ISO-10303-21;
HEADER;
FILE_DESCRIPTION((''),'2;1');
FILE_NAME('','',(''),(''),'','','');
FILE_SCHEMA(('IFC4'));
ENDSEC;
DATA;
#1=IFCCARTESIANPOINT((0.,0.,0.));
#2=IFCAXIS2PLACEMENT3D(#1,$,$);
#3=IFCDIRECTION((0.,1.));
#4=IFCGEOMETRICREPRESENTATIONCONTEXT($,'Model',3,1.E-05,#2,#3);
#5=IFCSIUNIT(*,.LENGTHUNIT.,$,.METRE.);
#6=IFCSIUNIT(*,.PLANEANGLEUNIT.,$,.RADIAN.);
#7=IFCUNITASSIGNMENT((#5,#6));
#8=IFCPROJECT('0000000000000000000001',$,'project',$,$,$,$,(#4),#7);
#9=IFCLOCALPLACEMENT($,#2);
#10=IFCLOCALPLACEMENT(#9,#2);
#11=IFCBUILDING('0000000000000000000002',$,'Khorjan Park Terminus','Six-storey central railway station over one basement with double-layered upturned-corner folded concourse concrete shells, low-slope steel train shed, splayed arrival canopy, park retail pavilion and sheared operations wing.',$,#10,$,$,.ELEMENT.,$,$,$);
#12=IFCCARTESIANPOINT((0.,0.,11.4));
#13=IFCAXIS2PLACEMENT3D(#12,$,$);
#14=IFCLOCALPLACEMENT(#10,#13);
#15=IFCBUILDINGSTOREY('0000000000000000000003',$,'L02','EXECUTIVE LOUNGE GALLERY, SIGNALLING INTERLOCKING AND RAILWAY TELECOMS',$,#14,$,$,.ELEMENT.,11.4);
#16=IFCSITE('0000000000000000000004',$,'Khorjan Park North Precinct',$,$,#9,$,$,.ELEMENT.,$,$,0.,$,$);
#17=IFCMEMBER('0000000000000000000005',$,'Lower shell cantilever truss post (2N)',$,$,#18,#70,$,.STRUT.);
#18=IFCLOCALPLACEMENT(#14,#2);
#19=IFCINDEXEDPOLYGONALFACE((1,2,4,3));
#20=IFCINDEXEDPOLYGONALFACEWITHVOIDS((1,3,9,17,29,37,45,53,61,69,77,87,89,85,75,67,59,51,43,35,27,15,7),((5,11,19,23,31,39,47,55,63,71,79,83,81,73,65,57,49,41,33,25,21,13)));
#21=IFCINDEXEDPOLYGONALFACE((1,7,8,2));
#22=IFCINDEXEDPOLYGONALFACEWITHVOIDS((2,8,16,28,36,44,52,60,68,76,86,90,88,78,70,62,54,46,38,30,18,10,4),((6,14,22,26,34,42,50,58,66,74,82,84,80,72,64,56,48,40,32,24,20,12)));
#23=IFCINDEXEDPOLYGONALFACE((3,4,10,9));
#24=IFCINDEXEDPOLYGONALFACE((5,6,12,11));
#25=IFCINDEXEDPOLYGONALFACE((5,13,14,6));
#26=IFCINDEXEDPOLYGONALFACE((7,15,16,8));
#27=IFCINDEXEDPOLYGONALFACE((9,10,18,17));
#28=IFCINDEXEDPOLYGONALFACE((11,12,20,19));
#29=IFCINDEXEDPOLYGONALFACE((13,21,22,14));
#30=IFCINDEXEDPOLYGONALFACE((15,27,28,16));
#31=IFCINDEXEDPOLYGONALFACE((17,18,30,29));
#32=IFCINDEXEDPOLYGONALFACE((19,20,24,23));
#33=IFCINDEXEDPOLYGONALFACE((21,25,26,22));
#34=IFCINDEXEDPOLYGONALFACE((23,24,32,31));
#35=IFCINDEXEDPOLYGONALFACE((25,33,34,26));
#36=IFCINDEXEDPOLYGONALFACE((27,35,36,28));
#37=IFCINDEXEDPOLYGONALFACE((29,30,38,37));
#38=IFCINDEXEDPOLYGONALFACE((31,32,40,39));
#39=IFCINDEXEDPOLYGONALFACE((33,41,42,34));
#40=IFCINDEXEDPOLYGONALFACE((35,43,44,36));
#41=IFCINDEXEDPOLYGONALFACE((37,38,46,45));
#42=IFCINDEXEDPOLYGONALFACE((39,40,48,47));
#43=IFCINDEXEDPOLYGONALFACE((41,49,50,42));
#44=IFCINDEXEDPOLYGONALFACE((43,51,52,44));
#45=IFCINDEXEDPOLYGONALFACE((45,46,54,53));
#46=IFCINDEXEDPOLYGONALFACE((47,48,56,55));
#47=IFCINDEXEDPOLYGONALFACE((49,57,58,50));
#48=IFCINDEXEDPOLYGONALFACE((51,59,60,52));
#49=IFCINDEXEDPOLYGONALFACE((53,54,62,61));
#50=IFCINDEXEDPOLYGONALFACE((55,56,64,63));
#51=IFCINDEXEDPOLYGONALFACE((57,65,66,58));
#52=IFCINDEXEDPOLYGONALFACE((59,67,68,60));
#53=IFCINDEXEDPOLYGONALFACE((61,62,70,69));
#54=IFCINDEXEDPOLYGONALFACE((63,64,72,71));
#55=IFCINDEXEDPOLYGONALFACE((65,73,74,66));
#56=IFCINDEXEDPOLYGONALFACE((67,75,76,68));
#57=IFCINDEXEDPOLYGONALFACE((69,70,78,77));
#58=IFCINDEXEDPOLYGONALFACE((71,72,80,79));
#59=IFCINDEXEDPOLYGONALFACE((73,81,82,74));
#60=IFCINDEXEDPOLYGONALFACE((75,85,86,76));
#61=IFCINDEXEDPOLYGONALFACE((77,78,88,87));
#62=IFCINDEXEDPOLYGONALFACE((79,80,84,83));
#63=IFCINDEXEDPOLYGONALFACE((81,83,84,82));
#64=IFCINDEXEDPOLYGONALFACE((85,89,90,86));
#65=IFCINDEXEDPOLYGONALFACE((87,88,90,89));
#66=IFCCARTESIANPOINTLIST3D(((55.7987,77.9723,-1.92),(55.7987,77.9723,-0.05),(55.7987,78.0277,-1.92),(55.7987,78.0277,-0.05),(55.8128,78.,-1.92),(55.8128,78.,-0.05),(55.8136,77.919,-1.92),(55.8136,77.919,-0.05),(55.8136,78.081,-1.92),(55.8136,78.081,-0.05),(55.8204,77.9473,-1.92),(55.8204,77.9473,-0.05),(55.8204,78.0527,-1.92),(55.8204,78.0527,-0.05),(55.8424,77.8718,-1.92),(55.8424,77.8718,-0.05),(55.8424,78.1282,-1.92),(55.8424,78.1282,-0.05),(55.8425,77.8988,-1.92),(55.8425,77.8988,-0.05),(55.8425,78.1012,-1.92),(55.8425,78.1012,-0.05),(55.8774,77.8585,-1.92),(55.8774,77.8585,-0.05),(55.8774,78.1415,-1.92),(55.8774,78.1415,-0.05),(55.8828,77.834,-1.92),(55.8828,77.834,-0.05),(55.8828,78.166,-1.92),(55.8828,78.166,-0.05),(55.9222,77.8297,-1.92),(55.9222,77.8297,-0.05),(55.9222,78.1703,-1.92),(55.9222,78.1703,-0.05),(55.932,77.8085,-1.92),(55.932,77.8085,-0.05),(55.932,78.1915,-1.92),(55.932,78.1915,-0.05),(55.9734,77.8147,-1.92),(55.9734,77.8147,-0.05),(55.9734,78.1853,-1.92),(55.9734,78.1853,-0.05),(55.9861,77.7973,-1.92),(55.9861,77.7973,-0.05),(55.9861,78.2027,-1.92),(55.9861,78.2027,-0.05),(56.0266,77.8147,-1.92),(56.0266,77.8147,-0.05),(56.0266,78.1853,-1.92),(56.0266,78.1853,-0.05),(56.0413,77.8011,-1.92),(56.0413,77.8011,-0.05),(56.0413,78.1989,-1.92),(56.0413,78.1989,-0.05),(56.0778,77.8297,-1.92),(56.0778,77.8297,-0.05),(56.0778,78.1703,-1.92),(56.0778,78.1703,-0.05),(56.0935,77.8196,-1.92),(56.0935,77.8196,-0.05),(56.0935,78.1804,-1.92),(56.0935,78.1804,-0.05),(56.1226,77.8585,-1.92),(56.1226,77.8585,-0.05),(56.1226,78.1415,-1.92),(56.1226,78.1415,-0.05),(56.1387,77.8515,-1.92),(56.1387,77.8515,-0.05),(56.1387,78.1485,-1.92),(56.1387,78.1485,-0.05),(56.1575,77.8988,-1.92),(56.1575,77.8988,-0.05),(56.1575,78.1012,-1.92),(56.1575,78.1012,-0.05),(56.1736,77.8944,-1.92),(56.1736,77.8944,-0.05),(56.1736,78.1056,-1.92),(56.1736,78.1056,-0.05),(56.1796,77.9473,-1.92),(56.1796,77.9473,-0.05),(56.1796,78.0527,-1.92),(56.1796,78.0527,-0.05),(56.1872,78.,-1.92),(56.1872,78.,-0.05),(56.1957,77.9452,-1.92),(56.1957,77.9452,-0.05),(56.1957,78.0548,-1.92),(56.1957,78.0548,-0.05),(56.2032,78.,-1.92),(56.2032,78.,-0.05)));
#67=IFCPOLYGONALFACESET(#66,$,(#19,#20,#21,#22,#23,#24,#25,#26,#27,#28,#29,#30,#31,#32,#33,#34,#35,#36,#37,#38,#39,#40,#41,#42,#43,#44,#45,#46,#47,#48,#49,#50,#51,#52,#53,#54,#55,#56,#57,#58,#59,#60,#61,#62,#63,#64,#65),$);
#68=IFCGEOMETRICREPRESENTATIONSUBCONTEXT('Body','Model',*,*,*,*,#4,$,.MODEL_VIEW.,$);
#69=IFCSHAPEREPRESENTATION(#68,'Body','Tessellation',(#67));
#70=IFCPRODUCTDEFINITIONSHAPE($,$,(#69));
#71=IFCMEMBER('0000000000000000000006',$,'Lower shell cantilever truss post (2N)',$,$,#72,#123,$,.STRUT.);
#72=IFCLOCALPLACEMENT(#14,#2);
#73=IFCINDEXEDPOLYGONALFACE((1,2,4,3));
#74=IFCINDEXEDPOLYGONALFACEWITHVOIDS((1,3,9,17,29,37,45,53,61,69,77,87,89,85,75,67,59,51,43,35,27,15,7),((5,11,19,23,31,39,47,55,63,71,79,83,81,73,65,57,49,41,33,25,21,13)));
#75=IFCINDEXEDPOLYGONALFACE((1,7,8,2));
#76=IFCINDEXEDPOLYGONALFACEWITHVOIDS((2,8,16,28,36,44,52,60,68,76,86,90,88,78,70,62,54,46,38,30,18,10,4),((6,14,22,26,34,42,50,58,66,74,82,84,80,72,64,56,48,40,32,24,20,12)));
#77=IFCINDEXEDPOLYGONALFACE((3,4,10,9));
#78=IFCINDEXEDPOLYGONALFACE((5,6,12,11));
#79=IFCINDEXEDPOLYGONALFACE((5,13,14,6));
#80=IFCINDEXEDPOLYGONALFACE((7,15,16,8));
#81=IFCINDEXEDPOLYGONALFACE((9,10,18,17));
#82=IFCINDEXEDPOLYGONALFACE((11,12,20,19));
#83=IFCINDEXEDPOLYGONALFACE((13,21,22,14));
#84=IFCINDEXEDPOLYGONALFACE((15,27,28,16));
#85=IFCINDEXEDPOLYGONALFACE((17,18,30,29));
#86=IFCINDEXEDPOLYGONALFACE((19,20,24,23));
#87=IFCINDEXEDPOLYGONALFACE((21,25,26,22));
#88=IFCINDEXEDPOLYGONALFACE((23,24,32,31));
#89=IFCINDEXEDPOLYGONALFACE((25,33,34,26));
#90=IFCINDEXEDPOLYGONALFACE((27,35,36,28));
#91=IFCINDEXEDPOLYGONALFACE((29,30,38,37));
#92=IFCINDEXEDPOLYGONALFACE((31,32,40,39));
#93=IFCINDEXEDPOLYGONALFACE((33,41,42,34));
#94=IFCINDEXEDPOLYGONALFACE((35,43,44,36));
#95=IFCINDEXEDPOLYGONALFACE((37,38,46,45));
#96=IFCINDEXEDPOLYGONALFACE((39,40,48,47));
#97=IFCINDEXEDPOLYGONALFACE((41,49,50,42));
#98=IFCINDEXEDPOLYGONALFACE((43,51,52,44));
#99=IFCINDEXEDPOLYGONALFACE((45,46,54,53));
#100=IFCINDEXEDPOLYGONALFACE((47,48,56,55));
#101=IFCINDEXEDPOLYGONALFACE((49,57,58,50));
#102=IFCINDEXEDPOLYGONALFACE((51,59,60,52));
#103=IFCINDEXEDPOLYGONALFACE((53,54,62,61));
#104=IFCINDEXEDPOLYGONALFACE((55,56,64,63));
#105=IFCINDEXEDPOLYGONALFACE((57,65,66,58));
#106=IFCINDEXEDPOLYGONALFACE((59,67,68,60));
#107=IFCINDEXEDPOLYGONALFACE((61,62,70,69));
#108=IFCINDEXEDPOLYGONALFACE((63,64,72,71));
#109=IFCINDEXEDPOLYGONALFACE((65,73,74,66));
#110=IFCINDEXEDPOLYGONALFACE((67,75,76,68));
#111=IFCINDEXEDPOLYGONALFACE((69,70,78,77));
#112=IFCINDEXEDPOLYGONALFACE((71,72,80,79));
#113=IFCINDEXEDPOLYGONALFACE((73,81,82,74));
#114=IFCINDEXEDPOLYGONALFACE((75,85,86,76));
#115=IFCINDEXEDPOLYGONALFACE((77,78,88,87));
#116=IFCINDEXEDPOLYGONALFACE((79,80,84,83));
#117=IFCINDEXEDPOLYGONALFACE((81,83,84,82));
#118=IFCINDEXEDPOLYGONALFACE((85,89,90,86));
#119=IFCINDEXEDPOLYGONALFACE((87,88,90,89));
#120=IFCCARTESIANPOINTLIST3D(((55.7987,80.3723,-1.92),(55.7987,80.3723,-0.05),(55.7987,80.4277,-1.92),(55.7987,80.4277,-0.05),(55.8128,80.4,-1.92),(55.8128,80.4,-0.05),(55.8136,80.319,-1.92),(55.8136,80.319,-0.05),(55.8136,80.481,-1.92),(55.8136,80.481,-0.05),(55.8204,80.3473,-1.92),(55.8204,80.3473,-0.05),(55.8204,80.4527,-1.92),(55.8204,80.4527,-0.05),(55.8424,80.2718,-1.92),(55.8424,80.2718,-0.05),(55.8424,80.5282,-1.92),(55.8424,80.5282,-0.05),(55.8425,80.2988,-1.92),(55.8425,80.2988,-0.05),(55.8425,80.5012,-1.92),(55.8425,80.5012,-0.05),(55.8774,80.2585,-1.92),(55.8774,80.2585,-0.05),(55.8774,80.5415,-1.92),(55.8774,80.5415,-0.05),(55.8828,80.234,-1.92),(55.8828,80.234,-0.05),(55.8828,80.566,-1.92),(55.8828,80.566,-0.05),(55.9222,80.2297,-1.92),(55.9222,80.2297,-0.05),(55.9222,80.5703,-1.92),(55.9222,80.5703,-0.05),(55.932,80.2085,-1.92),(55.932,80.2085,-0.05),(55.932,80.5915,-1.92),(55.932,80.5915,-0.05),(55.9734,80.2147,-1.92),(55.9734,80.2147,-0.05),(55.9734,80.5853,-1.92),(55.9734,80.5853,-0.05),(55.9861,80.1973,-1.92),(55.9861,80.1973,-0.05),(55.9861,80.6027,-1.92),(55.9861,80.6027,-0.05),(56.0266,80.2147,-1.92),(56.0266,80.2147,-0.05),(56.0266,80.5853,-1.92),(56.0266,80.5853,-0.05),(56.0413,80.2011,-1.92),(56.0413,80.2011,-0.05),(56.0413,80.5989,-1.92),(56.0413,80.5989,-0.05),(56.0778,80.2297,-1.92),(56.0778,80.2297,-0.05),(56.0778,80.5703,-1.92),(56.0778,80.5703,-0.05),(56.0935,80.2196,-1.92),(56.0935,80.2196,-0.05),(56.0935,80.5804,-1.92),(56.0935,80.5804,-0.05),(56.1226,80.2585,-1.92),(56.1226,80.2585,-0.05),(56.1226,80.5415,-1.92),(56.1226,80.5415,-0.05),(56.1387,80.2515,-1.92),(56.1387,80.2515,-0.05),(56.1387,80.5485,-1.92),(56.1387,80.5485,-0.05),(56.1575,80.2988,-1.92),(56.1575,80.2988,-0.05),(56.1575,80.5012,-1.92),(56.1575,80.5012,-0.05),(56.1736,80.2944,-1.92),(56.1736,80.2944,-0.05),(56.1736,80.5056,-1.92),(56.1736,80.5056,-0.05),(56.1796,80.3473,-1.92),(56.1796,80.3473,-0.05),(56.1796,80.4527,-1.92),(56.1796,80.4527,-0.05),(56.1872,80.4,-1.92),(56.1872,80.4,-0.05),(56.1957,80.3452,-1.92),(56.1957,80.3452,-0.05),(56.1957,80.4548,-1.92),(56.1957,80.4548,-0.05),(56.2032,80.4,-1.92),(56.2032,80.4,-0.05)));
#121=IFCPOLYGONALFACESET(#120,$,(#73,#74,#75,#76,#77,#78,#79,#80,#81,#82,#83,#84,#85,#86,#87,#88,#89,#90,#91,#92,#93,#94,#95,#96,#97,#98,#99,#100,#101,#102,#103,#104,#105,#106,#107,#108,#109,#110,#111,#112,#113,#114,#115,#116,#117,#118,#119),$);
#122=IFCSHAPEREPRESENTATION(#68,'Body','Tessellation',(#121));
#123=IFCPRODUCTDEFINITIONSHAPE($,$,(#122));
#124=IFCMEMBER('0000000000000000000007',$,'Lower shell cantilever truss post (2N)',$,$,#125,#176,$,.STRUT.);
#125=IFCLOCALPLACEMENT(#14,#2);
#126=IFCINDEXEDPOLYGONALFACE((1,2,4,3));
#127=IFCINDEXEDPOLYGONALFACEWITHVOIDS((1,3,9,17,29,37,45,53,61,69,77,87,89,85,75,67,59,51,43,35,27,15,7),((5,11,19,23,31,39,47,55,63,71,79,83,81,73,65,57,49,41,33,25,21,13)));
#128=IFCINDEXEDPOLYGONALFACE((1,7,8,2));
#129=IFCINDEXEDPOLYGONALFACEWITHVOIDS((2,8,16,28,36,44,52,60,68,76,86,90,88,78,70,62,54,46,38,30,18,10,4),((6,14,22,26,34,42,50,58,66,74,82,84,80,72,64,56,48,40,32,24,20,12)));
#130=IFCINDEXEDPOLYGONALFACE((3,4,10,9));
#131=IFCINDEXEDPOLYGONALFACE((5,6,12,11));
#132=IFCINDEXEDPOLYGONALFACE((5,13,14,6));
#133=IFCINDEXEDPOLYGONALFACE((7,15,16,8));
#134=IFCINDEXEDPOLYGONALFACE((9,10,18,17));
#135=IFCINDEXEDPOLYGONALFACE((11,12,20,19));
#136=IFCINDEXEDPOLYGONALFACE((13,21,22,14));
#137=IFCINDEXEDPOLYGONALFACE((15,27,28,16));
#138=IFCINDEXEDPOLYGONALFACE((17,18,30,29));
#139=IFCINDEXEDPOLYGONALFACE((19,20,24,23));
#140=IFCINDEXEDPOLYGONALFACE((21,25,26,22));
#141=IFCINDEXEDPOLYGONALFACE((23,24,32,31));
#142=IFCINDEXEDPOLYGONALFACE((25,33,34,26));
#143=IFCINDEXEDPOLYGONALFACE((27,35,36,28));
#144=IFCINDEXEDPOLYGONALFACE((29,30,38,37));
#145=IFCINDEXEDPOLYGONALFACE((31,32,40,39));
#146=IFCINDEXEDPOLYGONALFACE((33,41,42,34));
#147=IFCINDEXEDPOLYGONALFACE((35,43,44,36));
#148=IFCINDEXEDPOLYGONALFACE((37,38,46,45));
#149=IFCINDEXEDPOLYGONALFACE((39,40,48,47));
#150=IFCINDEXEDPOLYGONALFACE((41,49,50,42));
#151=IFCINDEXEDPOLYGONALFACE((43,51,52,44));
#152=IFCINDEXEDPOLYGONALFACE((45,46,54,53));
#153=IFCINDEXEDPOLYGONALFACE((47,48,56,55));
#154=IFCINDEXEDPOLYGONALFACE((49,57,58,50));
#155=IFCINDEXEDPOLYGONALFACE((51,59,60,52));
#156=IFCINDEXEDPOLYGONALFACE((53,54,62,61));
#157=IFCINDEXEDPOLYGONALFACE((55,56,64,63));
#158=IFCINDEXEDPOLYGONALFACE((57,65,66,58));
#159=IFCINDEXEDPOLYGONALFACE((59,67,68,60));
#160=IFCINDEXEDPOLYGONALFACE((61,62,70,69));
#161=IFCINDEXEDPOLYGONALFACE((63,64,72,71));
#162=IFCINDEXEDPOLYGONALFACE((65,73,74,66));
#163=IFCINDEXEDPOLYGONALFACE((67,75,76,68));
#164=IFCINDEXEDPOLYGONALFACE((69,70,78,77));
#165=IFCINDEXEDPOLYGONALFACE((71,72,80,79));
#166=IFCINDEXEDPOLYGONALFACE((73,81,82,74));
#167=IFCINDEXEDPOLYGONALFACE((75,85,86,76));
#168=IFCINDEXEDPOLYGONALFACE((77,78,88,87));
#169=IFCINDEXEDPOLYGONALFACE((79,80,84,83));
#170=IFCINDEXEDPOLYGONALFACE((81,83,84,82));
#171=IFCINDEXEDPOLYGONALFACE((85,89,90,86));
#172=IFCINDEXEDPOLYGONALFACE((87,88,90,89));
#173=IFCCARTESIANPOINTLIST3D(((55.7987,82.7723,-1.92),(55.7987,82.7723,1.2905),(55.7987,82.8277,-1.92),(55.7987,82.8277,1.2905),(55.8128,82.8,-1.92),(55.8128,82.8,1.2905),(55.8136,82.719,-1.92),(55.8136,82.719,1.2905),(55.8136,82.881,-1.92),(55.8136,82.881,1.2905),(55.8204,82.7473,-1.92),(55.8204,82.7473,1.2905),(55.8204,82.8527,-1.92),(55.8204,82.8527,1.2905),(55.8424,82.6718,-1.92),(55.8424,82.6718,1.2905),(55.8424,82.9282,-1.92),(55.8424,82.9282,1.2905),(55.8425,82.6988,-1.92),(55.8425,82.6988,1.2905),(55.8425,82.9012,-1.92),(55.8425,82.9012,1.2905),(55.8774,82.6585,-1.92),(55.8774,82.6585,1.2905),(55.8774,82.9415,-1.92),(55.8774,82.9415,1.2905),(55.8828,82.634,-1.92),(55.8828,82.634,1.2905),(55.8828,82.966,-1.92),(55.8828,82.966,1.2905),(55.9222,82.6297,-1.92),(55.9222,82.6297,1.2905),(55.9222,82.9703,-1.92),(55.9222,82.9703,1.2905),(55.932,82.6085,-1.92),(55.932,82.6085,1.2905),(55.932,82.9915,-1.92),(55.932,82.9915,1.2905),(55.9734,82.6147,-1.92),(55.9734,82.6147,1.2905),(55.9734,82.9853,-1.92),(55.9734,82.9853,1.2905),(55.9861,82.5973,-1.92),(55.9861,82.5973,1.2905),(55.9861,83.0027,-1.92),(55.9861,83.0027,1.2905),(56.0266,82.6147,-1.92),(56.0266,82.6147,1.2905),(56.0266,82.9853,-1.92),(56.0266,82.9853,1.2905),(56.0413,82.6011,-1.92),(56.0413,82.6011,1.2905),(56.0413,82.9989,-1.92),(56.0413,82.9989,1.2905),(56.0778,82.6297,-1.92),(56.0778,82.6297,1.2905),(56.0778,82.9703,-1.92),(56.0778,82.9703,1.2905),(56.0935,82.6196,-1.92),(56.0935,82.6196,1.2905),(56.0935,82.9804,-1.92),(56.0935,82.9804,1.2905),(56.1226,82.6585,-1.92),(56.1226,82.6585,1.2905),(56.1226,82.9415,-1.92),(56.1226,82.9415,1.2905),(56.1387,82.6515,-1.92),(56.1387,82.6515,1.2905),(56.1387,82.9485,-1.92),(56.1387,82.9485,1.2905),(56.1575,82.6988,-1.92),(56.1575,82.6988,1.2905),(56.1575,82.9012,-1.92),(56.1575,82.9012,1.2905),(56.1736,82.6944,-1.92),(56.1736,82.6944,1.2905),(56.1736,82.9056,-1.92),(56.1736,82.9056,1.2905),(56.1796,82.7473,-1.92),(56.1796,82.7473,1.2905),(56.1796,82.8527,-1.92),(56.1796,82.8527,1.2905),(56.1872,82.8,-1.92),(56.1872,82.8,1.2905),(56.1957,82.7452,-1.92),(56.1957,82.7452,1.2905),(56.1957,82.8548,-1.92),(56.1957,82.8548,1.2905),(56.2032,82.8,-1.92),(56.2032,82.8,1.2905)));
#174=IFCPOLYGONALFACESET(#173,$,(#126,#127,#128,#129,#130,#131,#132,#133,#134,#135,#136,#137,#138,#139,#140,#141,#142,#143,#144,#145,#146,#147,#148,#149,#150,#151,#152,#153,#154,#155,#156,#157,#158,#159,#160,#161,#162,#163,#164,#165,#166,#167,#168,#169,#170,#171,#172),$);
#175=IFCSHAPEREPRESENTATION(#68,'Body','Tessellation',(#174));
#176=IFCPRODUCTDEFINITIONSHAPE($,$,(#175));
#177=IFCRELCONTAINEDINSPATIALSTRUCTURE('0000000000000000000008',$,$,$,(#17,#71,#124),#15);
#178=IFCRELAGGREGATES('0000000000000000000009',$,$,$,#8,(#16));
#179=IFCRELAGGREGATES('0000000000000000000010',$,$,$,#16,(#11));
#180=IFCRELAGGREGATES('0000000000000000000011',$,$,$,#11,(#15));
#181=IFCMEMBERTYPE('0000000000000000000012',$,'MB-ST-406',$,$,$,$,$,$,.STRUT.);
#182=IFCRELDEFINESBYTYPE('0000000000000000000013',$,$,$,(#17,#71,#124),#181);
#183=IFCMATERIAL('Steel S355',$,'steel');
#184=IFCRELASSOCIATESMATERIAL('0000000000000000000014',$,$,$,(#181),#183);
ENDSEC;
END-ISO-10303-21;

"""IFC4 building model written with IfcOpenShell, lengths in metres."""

from ifc_helpers import new_model, si_unit, direction, frame, origin, origin_2d, place, context, subcontext, project, spatial, hollow_circle, extrude, material, material_profile, profile_set, type_object, element, save


model = new_model("IFC4")

# Units and contexts
model_context = context("Model", 3, precision=1e-05, world=origin(), true_north=direction((0.0, 1.0)))
body_context = subcontext(model_context, "Body", "Model", "MODEL_VIEW")
ifc_project = project(units=[si_unit("LENGTHUNIT", "METRE"), si_unit("PLANEANGLEUNIT", "RADIAN")], contexts=[model_context])

# Site, building, storey
site_placement = place(None, origin())
site = spatial("IfcSite", under=ifc_project, at=site_placement, Name="Khorjan Park North Precinct", CompositionType="ELEMENT", RefElevation=0.0)
building_placement = place(site_placement, origin())
building = spatial("IfcBuilding", under=site, at=building_placement, Name="Khorjan Park Terminus", Description="Six-storey central railway station over one basement with double-layered upturned-corner folded concourse concrete shells, low-slope steel train shed, splayed arrival canopy, park retail pavilion and sheared operations wing.", CompositionType="ELEMENT")
storey_placement = place(building_placement, frame((0.0, 0.0, 11.4)))
storey = spatial("IfcBuildingStorey", under=building, at=storey_placement, Name="L02", Description="EXECUTIVE LOUNGE GALLERY, SIGNALLING INTERLOCKING AND RAILWAY TELECOMS", CompositionType="ELEMENT", Elevation=11.4)

# Members
ifc_material_1 = material(Name="Steel S355", Category="steel")
ifc_material_profile_1 = material_profile(ifc_material_1, hollow_circle(Radius=0.2032, WallThickness=0.016, at=origin_2d()), Name="CHS 406.4x16")
ifc_profile_set_1 = profile_set([ifc_material_profile_1], Name="Steel S355")
member_type_1 = type_object("IfcMemberType", Name="MB-ST-406", PredefinedType="STRUT", material=ifc_profile_set_1)
for number, where, z_axis, x_axis, name in (
    (1, (56.0, 78.0, -1.92), (0.0, 0.0, 1.0), (1.0, 0.0, 0.0), "Lower shell cantilever truss post (2N)"),
    (2, (56.0, 80.4, -1.92), (0.0, 0.0, 1.0), (1.0, 0.0, 0.0), "Lower shell cantilever truss post (2N)"),
):
    element("IfcMember", number, at=place(storey_placement, frame(where, z_axis=z_axis, x_axis=x_axis)), inside=storey, type_object=member_type_1, Name=name, PredefinedType="STRUT", context=body_context, shape_type="SweptSolid", body=[
        extrude(hollow_circle(Radius=0.2032, WallThickness=0.016, at=origin_2d()), origin(), (0.0, 0.0, 1.0), 1.87),
    ])
member_1_placement = place(storey_placement, frame((56.0, 82.8, -1.92), z_axis=(0.0, 0.0, 1.0), x_axis=(1.0, 0.0, 0.0)))
element("IfcMember", 3, at=member_1_placement, inside=storey, type_object=member_type_1, Name="Lower shell cantilever truss post (2N)", PredefinedType="STRUT", context=body_context, shape_type="SweptSolid", body=[
    extrude(hollow_circle(Radius=0.2032, WallThickness=0.016, at=origin_2d()), origin(), (0.0, 0.0, 1.0), 3.2105),
])

save(model, "model.ifc")
